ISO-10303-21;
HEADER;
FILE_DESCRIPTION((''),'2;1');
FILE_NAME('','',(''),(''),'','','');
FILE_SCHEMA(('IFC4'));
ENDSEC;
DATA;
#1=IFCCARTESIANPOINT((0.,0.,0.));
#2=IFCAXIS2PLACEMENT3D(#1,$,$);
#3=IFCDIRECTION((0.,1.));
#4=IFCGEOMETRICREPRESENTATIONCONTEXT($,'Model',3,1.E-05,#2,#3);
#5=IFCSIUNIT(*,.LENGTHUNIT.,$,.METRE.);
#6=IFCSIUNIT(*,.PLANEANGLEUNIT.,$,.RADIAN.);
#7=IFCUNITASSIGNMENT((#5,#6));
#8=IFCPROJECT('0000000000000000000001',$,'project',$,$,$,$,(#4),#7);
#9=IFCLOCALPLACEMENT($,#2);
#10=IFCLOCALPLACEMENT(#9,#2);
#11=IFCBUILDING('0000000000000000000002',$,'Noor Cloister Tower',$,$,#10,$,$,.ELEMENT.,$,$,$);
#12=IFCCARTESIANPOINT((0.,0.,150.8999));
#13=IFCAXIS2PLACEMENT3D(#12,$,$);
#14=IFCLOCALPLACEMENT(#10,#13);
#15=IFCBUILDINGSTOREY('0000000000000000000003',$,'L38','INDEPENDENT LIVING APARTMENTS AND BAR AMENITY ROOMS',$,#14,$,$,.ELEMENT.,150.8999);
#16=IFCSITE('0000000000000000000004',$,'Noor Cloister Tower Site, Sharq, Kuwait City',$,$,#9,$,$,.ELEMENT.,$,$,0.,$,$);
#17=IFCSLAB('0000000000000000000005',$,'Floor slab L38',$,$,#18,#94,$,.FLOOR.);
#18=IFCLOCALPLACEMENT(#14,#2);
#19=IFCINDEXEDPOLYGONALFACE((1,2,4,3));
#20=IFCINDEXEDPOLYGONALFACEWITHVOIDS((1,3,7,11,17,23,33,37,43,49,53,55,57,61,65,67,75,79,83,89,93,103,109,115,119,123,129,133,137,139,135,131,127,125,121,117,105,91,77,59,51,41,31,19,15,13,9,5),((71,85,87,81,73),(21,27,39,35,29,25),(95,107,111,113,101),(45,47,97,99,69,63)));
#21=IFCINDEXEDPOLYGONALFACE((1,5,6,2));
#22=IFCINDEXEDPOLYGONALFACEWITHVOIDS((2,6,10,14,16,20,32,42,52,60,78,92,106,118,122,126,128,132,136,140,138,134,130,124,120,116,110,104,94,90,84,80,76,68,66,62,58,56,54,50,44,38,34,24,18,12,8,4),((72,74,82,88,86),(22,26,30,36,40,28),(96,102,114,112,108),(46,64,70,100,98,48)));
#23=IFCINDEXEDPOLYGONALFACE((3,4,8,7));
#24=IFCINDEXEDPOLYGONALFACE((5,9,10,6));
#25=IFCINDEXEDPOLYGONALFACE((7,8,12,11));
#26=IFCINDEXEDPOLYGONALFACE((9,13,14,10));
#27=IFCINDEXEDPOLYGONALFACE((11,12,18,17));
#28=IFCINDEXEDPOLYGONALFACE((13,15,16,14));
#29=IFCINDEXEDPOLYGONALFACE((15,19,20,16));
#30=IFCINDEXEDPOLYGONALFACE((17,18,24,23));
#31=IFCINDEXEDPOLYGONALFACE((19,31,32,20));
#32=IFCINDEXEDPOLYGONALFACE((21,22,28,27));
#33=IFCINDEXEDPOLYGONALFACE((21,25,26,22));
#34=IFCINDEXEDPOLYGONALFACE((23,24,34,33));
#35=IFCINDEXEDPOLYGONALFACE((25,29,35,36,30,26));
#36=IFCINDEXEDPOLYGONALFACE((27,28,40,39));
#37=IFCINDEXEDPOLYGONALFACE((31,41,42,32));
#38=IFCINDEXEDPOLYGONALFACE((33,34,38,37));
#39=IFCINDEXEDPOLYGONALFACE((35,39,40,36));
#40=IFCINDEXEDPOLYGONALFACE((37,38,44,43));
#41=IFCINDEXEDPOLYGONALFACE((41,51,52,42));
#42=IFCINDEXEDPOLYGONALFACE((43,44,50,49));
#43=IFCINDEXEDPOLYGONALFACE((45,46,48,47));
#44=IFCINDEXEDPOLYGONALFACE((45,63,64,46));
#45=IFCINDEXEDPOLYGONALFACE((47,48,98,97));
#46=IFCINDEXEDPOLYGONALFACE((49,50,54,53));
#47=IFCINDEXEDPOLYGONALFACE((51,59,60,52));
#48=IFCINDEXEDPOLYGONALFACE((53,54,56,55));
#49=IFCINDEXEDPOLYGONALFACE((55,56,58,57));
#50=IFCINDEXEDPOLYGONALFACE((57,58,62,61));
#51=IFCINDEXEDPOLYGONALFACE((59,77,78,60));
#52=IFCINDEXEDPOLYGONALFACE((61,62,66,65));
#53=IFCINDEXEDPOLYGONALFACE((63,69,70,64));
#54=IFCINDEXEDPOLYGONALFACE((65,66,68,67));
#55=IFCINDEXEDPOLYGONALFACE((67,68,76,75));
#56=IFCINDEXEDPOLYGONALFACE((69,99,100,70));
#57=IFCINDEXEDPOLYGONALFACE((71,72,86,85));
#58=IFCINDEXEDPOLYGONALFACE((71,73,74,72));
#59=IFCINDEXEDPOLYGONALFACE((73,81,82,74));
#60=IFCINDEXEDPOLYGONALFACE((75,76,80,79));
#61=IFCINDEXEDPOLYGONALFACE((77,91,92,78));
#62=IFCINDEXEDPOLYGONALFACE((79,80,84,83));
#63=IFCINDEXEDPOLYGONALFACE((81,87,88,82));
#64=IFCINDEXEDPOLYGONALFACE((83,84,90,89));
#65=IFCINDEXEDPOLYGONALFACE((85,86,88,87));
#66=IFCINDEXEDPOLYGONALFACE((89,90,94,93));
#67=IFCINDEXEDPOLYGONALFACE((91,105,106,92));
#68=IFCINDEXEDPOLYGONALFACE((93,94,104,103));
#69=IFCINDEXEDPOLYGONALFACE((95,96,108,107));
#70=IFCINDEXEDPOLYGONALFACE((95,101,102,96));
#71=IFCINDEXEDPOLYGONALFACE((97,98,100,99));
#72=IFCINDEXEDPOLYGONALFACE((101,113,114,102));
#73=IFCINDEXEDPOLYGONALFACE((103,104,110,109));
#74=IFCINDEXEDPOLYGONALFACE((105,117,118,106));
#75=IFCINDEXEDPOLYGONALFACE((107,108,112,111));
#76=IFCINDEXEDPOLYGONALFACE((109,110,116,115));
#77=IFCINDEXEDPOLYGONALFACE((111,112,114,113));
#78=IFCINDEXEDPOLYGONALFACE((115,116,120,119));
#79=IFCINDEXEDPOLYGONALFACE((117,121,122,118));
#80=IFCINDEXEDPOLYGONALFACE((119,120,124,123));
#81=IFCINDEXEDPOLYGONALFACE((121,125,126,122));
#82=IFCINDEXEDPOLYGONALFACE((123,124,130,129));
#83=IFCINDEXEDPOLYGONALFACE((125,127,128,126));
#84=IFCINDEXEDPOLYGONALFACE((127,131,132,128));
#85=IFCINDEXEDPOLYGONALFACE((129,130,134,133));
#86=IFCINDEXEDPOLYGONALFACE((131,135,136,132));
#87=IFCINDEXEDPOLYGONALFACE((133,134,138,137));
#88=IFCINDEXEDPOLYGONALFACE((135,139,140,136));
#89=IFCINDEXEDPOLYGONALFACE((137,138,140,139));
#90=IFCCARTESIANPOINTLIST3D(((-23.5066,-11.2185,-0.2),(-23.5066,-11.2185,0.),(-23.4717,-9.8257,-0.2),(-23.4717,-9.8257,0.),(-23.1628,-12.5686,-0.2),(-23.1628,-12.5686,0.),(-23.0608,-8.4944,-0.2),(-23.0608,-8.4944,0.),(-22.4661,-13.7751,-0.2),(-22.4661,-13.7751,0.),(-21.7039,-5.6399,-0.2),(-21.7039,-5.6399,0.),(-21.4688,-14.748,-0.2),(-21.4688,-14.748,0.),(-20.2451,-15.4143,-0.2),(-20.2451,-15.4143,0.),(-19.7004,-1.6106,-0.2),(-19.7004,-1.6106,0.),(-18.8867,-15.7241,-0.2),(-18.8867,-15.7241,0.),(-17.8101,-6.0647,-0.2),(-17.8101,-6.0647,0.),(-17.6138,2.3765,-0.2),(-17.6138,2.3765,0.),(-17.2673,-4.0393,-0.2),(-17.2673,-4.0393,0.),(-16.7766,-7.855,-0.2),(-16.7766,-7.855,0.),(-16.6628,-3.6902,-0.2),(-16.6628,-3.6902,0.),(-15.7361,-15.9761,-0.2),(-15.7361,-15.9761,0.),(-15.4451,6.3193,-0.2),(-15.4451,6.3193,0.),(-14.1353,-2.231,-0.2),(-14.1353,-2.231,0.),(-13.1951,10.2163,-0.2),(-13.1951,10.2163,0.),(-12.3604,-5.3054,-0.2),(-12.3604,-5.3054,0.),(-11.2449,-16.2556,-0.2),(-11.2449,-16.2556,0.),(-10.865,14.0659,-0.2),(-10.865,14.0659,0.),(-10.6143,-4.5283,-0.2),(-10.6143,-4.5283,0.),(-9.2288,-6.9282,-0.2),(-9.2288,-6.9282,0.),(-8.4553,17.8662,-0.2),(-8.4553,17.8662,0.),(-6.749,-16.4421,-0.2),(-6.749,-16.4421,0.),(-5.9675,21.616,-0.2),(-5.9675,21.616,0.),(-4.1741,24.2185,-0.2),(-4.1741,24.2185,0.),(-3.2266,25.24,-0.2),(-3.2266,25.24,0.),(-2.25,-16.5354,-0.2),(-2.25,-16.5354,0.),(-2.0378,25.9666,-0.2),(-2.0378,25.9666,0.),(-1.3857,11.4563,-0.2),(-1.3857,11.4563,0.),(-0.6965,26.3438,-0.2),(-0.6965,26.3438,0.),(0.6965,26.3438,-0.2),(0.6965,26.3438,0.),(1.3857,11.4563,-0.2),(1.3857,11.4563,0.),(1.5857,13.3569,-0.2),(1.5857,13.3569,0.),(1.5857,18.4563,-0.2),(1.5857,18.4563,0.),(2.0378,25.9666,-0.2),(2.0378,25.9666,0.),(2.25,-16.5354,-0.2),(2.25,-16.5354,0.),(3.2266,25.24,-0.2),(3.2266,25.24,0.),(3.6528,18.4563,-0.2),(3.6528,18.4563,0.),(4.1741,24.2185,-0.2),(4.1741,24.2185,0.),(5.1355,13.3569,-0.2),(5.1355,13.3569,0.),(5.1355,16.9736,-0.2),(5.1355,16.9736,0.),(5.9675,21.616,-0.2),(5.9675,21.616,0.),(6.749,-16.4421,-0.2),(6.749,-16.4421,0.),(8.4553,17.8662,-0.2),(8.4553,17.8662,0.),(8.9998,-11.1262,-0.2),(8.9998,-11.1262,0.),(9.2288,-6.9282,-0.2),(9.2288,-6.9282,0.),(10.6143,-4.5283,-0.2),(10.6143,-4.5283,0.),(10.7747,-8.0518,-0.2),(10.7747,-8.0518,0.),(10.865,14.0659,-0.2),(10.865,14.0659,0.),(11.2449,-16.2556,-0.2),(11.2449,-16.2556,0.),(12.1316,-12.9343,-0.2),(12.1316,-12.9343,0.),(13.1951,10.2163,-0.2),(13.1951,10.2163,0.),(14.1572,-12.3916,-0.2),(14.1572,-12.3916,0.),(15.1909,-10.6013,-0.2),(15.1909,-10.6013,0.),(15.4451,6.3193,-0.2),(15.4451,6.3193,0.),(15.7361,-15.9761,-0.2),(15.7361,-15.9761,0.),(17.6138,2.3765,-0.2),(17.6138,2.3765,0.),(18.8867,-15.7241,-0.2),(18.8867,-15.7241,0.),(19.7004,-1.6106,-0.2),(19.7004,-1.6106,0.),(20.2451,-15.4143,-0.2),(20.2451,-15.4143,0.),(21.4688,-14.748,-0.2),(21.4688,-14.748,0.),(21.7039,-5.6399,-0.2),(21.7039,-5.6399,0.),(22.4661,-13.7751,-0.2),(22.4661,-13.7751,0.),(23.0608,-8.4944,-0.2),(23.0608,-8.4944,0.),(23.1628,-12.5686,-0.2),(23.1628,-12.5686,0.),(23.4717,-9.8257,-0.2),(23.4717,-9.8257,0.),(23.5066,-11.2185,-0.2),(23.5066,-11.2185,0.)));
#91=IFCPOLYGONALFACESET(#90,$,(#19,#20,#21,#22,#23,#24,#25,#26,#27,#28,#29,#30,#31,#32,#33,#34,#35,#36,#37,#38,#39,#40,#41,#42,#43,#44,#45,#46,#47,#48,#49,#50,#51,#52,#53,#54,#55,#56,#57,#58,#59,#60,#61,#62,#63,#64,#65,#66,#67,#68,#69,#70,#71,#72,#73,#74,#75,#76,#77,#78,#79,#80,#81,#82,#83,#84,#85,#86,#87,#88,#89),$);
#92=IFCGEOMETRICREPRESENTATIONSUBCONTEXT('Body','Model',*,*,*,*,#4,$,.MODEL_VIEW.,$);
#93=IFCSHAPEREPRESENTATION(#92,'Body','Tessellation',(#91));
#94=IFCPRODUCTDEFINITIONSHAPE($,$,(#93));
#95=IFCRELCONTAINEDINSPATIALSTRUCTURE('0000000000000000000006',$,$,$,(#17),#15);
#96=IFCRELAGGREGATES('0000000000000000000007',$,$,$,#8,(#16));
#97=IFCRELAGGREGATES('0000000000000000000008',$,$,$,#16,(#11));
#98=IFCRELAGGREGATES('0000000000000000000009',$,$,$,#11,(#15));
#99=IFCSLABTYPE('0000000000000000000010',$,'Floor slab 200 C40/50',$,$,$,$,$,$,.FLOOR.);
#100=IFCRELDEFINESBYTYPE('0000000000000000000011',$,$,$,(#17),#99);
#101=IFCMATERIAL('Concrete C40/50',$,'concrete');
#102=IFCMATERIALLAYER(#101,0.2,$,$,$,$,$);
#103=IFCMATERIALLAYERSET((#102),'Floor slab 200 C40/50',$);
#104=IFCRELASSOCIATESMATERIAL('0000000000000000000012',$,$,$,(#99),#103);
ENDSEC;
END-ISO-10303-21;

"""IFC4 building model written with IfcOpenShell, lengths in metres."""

from ifc_helpers import new_model, si_unit, direction, frame, origin, place, context, subcontext, project, spatial, polyline, outline, extrude, material, layer, layer_set, type_object, element, save


model = new_model("IFC4")

# Units and contexts
model_context = context("Model", 3, precision=1e-05, world=origin(), true_north=direction((0.0, 1.0)))
body_context = subcontext(model_context, "Body", "Model", "MODEL_VIEW")
ifc_project = project(units=[si_unit("LENGTHUNIT", "METRE"), si_unit("PLANEANGLEUNIT", "RADIAN")], contexts=[model_context])

# Site, building, storey
site_placement = place(None, origin())
site = spatial("IfcSite", under=ifc_project, at=site_placement, Name="Noor Cloister Tower Site, Sharq, Kuwait City", CompositionType="ELEMENT", RefElevation=0.0)
building_placement = place(site_placement, origin())
building = spatial("IfcBuilding", under=site, at=building_placement, Name="Noor Cloister Tower", CompositionType="ELEMENT")
storey_placement = place(building_placement, frame((0.0, 0.0, 150.8999)))
storey = spatial("IfcBuildingStorey", under=building, at=storey_placement, Name="L38", Description="INDEPENDENT LIVING APARTMENTS AND BAR AMENITY ROOMS", CompositionType="ELEMENT", Elevation=150.8999)

# Slab
ifc_material_1 = material(Name="Concrete C40/50", Category="concrete")
ifc_layer_1 = layer(ifc_material_1, 0.2)
ifc_layer_set_1 = layer_set([ifc_layer_1], Name="Floor slab 200 C40/50")
slab_type_1 = type_object("IfcSlabType", Name="Floor slab 200 C40/50", PredefinedType="FLOOR", material=ifc_layer_set_1)
slab_1_placement = place(storey_placement, frame((0.0, 0.0, -0.2)))
element("IfcSlab", 1, at=slab_1_placement, inside=storey, type_object=slab_type_1, Name="Floor slab L38", PredefinedType="FLOOR", context=body_context, shape_type="SweptSolid", body=[
    extrude(outline(polyline([(4.1741, 24.2185), (3.2266, 25.24), (2.0378, 25.9666), (0.6965, 26.3438), (-0.6965, 26.3438), (-2.0378, 25.9666), (-3.2266, 25.24), (-4.1741, 24.2185), (-5.9675, 21.616), (-8.4553, 17.8662), (-10.865, 14.0659), (-13.1951, 10.2163), (-15.4451, 6.3193), (-17.6138, 2.3765), (-19.7004, -1.6106), (-21.7039, -5.6399), (-23.0608, -8.4944), (-23.4717, -9.8257), (-23.5066, -11.2185), (-23.1628, -12.5686), (-22.4661, -13.7751), (-21.4688, -14.748), (-20.2451, -15.4143), (-18.8867, -15.7241), (-15.7361, -15.9761), (-11.2449, -16.2556), (-6.749, -16.4421), (-2.25, -16.5354), (2.25, -16.5354), (6.749, -16.4421), (11.2449, -16.2556), (15.7361, -15.9761), (18.8867, -15.7241), (20.2451, -15.4143), (21.4688, -14.748), (22.4661, -13.7751), (23.1628, -12.5686), (23.5066, -11.2185), (23.4717, -9.8257), (23.0608, -8.4944), (21.7039, -5.6399), (19.7004, -1.6106), (17.6138, 2.3765), (15.4451, 6.3193), (13.1951, 10.2163), (10.865, 14.0659), (8.4553, 17.8662), (5.9675, 21.616), (4.1741, 24.2185)]), holes=[polyline([(8.9998, -11.1262), (12.1316, -12.9343), (14.1572, -12.3916), (15.1909, -10.6013), (10.7747, -8.0518), (8.9998, -11.1262)]), polyline([(-17.8101, -6.0647), (-16.7766, -7.855), (-12.3604, -5.3054), (-14.1353, -2.231), (-16.6628, -3.6902), (-17.2673, -4.0393), (-17.8101, -6.0647)]), polyline([(-10.6143, -4.5283), (-9.2288, -6.9282), (9.2288, -6.9282), (10.6143, -4.5283), (1.3857, 11.4563), (-1.3857, 11.4563), (-10.6143, -4.5283)]), polyline([(3.6528, 18.4563), (1.5857, 18.4563), (1.5857, 13.3569), (5.1355, 13.3569), (5.1355, 16.9736), (3.6528, 18.4563)])]), origin(), (0.0, 0.0, 1.0), 0.2),
])

save(model, "model.ifc")
